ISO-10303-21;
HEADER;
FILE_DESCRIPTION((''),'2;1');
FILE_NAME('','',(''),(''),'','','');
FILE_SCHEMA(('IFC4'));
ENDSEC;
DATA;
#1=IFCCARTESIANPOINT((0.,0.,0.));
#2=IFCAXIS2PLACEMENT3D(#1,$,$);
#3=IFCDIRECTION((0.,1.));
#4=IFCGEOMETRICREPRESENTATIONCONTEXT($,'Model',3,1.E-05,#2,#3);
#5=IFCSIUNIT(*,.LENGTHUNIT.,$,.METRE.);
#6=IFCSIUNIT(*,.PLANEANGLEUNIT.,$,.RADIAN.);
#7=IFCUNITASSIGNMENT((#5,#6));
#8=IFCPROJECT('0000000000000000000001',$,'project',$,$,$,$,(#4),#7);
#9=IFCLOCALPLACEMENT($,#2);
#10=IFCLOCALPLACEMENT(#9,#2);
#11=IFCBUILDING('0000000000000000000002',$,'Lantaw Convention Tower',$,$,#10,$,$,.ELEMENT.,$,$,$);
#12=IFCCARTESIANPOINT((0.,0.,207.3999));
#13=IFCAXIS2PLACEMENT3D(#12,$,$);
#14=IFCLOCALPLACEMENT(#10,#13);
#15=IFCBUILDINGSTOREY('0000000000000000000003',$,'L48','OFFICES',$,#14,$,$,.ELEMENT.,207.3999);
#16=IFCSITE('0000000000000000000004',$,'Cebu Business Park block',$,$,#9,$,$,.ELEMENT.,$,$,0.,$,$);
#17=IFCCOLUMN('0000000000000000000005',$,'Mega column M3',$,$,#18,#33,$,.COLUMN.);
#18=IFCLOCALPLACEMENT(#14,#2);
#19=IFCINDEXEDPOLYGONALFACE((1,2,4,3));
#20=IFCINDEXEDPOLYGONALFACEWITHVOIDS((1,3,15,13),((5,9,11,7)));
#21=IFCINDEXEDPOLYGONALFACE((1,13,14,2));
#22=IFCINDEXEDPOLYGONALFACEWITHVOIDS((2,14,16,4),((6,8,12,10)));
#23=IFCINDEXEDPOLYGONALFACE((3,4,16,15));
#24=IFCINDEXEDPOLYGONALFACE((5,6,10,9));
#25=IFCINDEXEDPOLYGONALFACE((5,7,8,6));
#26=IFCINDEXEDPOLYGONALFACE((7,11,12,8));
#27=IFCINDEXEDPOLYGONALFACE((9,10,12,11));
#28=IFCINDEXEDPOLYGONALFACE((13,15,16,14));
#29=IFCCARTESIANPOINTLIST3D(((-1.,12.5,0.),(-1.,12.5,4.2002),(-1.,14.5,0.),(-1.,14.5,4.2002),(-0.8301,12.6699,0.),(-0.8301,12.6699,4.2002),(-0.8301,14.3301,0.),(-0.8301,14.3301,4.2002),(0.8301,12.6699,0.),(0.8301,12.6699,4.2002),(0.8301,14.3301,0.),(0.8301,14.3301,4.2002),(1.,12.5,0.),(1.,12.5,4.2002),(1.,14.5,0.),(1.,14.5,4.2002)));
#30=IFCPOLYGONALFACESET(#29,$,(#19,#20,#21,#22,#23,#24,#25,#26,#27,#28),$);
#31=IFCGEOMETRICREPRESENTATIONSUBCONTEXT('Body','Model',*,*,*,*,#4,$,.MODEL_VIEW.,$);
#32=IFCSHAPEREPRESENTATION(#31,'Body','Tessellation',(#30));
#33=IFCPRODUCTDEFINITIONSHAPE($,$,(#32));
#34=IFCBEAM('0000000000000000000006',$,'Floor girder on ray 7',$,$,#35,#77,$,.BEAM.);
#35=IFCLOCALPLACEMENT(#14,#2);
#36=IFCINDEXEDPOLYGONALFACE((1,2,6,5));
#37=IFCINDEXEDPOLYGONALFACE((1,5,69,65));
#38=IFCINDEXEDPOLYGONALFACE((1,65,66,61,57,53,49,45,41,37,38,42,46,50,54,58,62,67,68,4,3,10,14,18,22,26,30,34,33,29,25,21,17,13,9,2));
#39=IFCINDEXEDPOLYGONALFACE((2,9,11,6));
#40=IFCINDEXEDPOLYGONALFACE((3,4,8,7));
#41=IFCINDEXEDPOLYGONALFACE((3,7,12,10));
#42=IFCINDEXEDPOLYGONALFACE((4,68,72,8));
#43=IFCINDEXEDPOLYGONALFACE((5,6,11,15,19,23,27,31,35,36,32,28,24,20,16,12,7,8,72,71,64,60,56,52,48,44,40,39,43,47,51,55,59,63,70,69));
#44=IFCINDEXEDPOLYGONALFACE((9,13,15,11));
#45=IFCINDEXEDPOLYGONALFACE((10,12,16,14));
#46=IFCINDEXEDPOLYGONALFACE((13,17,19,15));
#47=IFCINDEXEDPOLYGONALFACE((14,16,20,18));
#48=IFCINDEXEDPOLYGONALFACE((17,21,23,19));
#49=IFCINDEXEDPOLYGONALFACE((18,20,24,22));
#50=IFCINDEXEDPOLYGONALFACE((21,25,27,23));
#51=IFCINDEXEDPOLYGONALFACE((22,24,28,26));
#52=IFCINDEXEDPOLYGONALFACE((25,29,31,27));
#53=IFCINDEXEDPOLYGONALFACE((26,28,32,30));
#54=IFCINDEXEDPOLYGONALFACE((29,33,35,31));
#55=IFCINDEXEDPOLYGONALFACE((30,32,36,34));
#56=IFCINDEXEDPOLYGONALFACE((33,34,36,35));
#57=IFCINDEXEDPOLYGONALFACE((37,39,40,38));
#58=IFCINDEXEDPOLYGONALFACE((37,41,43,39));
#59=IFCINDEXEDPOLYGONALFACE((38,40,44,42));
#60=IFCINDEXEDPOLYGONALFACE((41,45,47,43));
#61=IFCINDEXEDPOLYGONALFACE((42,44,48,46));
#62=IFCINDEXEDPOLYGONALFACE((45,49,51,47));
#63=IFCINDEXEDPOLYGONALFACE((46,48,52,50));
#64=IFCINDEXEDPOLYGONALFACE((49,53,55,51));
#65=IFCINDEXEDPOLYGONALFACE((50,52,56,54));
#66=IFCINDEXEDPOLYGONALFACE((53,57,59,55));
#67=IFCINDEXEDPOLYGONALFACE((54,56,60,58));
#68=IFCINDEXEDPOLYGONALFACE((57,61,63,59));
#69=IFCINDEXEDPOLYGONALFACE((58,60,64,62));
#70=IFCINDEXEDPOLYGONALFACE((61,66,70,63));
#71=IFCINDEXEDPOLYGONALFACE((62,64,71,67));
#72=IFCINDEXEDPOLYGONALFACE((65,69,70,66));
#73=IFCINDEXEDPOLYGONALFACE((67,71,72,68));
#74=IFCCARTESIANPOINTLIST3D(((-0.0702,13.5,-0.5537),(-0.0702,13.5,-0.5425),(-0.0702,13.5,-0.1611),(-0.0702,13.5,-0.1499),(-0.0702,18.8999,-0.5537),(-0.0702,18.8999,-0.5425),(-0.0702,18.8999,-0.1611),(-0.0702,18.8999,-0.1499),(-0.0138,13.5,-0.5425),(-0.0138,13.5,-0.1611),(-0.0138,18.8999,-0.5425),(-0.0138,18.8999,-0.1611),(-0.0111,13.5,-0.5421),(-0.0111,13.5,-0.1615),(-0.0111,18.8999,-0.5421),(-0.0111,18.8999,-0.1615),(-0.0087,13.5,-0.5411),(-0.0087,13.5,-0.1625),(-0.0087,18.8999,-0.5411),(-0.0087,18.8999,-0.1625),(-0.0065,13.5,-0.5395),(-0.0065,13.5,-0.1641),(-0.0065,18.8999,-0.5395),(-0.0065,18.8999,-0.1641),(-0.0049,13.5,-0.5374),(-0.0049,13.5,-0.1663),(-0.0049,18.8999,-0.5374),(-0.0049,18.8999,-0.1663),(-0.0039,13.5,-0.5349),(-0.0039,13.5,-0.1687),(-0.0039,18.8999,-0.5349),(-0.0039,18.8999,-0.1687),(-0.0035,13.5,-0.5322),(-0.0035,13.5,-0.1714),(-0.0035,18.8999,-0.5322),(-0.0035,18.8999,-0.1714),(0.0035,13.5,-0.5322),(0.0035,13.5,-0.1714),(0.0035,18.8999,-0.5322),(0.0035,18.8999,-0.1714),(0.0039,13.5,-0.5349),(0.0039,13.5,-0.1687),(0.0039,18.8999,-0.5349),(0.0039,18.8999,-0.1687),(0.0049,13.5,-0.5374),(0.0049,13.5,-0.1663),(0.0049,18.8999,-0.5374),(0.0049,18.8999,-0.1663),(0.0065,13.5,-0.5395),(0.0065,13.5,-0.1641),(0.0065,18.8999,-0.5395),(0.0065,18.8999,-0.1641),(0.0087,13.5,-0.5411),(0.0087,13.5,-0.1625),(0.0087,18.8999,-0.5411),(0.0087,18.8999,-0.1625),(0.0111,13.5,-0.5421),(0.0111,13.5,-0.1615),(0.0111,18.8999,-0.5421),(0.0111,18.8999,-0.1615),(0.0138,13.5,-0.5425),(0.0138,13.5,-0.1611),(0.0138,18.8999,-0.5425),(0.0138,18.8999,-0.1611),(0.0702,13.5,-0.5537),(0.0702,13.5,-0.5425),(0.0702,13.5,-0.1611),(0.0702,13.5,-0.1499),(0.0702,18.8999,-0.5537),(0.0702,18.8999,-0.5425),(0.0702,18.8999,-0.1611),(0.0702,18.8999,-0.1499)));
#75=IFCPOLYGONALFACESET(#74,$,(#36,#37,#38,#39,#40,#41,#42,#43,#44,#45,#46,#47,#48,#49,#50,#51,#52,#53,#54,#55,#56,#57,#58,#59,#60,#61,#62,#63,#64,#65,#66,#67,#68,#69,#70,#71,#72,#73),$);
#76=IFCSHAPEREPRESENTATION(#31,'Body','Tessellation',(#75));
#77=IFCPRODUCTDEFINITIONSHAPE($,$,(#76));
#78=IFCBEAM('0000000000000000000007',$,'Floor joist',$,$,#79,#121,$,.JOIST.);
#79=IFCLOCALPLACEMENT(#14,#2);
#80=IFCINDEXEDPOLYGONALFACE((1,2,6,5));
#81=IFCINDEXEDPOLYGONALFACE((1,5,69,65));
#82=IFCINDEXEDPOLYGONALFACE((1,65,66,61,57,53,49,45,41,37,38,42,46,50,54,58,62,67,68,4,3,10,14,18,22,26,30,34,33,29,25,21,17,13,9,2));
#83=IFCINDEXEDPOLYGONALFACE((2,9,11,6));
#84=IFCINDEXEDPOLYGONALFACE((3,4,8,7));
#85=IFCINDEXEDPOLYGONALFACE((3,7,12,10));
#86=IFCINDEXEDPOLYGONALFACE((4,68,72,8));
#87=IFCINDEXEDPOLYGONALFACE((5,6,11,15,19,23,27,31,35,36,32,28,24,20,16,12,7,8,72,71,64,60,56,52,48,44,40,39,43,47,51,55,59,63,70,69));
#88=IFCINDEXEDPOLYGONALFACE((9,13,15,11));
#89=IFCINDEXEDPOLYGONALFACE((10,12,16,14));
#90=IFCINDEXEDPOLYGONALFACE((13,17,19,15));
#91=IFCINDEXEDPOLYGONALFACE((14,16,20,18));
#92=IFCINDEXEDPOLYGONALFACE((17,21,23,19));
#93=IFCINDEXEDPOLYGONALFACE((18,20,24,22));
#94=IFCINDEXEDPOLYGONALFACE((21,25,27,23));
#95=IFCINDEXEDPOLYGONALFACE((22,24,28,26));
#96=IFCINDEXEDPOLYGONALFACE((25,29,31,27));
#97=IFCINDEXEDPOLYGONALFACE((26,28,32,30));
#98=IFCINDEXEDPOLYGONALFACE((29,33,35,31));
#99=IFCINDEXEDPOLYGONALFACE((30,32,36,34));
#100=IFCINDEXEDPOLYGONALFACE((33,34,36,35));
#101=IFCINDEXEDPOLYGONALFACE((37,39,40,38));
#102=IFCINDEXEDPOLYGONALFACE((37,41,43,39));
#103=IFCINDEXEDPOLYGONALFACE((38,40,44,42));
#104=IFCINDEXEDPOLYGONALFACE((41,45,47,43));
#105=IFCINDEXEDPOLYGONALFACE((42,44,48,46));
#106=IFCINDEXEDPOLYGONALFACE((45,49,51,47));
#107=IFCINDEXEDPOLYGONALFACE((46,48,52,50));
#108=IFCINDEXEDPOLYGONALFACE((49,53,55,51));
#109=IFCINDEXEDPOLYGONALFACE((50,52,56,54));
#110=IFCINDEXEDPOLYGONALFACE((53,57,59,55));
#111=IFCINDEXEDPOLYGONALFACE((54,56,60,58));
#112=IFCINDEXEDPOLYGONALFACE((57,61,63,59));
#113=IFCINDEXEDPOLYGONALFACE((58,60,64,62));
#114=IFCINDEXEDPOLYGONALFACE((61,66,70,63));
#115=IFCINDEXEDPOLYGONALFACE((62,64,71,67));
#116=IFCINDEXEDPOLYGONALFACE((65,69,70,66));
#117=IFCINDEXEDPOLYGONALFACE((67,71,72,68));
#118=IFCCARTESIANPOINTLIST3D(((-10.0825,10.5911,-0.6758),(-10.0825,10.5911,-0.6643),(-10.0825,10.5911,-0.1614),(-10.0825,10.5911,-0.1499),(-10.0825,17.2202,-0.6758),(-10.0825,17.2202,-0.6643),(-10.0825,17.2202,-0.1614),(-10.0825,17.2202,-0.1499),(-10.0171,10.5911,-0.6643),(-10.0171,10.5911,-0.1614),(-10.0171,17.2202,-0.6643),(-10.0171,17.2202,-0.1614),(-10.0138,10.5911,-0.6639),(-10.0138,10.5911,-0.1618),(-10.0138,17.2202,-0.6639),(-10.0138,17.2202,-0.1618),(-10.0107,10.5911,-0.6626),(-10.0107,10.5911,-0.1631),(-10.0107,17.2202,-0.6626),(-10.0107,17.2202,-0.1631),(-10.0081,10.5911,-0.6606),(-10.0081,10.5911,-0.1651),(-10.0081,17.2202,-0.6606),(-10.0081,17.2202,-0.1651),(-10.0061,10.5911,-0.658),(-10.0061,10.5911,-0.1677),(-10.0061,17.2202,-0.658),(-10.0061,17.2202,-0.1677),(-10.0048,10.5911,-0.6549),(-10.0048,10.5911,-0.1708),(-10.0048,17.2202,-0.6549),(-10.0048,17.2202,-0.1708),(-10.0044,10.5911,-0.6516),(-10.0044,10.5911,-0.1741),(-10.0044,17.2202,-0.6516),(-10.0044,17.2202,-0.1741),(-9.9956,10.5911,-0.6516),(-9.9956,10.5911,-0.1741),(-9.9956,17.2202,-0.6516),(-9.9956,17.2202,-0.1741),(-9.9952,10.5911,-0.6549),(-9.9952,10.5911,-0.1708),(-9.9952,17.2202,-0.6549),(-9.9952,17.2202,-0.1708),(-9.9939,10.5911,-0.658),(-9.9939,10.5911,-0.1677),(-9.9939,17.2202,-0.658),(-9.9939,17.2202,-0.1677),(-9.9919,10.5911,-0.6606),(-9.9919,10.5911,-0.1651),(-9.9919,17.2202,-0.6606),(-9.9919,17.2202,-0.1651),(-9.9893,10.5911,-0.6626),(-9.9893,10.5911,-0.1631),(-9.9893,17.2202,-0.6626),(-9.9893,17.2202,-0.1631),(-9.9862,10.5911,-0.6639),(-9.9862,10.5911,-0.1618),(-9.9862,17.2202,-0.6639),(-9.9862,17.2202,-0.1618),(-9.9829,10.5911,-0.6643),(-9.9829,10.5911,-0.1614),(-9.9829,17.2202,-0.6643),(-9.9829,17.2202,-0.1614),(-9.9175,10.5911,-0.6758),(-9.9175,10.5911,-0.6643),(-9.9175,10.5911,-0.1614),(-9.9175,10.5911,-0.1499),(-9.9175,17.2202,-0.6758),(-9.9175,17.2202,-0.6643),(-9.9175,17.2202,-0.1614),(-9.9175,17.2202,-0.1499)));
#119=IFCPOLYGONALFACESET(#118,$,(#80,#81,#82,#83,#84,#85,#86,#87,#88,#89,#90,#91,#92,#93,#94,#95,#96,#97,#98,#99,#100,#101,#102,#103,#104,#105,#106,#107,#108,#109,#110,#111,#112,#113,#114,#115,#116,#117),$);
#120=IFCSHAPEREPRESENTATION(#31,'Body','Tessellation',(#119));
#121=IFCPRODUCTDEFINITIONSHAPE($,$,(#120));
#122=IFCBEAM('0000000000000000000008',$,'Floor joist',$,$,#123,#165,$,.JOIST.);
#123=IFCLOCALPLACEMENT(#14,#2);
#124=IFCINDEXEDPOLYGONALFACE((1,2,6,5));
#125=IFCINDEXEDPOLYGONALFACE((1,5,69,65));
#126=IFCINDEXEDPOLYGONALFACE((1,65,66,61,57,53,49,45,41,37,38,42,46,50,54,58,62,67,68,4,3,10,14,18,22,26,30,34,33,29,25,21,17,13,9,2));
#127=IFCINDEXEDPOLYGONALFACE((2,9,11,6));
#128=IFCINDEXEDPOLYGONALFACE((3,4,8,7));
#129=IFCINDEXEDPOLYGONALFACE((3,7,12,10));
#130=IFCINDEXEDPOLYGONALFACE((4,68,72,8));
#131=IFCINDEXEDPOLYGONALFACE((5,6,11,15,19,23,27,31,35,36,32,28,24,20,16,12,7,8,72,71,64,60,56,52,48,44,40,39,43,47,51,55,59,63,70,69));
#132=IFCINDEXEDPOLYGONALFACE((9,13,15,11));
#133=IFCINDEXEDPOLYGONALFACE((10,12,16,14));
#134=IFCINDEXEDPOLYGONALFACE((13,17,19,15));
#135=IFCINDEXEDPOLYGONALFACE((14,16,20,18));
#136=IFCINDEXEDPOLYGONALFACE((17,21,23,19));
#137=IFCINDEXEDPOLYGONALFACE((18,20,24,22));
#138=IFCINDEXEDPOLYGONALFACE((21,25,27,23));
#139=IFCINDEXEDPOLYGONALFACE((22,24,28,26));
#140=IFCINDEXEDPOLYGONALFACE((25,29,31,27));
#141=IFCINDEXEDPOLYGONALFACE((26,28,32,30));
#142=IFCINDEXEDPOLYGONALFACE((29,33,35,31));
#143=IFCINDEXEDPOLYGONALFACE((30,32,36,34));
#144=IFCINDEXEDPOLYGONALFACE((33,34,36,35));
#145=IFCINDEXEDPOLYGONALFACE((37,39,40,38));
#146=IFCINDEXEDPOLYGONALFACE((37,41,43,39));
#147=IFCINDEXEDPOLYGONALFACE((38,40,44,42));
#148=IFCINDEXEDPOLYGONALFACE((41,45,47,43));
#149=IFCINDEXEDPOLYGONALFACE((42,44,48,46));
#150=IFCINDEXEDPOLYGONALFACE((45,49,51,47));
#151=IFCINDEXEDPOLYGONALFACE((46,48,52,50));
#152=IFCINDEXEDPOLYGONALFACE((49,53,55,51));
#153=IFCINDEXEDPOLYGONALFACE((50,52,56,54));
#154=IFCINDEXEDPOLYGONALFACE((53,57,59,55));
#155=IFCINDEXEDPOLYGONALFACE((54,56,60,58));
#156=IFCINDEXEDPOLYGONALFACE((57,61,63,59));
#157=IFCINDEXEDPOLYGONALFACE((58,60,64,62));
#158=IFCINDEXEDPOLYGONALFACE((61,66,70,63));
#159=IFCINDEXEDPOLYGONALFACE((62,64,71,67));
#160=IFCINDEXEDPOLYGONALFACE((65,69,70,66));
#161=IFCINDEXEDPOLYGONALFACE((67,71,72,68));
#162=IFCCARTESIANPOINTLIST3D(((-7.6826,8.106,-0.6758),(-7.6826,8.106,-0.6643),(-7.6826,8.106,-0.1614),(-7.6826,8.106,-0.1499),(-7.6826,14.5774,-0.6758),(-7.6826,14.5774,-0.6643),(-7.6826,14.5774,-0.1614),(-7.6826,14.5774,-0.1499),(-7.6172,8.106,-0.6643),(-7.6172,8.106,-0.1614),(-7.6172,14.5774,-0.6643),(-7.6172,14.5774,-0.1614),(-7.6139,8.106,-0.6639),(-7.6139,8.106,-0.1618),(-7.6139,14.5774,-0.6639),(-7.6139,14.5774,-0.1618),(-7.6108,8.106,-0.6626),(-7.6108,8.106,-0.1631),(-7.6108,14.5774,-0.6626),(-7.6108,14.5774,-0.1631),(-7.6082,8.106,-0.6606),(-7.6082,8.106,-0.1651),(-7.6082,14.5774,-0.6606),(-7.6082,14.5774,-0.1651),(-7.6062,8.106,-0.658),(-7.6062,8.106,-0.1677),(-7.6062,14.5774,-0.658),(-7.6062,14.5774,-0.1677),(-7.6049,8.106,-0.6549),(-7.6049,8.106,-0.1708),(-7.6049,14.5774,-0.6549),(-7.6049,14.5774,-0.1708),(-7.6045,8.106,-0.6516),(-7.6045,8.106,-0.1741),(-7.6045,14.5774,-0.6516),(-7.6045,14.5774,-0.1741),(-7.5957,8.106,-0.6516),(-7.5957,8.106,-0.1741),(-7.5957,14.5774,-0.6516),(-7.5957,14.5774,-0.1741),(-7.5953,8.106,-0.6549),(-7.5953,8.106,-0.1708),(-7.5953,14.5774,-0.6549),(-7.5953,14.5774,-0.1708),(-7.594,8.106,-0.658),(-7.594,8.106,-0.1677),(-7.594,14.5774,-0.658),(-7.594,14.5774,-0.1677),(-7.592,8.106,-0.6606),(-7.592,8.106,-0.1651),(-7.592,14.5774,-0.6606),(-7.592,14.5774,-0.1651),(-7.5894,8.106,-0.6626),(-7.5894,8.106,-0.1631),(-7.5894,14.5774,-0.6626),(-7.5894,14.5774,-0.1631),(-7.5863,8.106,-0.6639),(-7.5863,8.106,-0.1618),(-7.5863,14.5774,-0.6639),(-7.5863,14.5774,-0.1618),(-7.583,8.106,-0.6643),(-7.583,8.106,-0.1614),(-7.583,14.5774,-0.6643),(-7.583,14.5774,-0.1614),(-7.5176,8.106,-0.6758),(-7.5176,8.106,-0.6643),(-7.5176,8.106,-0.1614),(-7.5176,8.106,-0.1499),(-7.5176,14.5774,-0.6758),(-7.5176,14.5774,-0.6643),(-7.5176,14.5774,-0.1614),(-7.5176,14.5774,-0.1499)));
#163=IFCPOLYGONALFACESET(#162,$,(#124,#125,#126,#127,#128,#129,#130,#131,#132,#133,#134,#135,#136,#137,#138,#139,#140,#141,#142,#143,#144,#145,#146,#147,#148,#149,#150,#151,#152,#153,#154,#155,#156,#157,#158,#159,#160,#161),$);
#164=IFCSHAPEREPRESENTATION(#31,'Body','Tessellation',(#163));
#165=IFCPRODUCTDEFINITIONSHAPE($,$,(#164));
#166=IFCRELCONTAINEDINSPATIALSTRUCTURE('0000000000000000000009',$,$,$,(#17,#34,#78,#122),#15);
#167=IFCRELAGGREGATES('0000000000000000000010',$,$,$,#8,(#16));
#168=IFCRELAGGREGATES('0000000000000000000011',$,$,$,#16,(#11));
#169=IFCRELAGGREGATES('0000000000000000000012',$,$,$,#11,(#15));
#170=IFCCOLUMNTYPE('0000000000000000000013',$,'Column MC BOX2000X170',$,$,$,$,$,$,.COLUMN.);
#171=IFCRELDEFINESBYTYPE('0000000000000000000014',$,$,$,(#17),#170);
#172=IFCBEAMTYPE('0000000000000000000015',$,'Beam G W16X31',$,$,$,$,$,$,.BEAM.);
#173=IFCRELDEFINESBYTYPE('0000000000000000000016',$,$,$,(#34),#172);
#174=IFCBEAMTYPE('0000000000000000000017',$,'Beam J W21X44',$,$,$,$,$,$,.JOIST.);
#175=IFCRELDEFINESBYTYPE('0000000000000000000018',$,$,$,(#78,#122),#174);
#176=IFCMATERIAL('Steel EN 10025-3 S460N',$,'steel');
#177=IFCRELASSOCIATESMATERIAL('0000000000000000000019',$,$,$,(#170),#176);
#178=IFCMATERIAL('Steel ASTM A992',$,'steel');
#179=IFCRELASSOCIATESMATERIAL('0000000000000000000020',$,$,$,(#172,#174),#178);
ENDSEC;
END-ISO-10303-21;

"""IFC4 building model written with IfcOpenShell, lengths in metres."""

from ifc_helpers import new_model, si_unit, direction, frame, origin, origin_2d, place, context, subcontext, project, spatial, rectangle, hollow_rectangle, i_section, extrude, material, material_profile, profile_set, type_object, element, save


model = new_model("IFC4")

# Units and contexts
model_context = context("Model", 3, precision=1e-05, world=origin(), true_north=direction((0.0, 1.0)))
body_context = subcontext(model_context, "Body", "Model", "MODEL_VIEW")
ifc_project = project(units=[si_unit("LENGTHUNIT", "METRE"), si_unit("PLANEANGLEUNIT", "RADIAN")], contexts=[model_context])

# Site, building, storey
site_placement = place(None, origin())
site = spatial("IfcSite", under=ifc_project, at=site_placement, Name="Cebu Business Park block", CompositionType="ELEMENT", RefElevation=0.0)
building_placement = place(site_placement, origin())
building = spatial("IfcBuilding", under=site, at=building_placement, Name="Lantaw Convention Tower", CompositionType="ELEMENT")
storey_placement = place(building_placement, frame((0.0, 0.0, 207.3999)))
storey = spatial("IfcBuildingStorey", under=building, at=storey_placement, Name="L48", Description="OFFICES", CompositionType="ELEMENT", Elevation=207.3999)

# Column
ifc_material_1 = material(Name="Steel EN 10025-3 S460N", Category="steel")
ifc_material_profile_1 = material_profile(ifc_material_1, hollow_rectangle(XDim=2.0, YDim=2.0, WallThickness=0.1699, at=origin_2d()), Name="BOX2000X170")
ifc_material_2 = material(Name="Concrete C60/75", Category="concrete")
ifc_material_profile_2 = material_profile(ifc_material_2, rectangle(XDim=1.6599, YDim=1.6599, at=origin_2d()), Name="Concrete fill of BOX2000X170")
ifc_profile_set_1 = profile_set([ifc_material_profile_1, ifc_material_profile_2], Name="Steel EN 10025-3 S460N")
column_type = type_object("IfcColumnType", Name="Column MC BOX2000X170", PredefinedType="COLUMN", material=ifc_profile_set_1)
column_placement = place(storey_placement, frame((0.0, 13.5, 0.0), z_axis=(0.0, 0.0, 1.0), x_axis=(1.0, 0.0, 0.0)))
element("IfcColumn", 1, at=column_placement, inside=storey, type_object=column_type, Name="Mega column M3", PredefinedType="COLUMN", context=body_context, shape_type="SweptSolid", body=[
    extrude(hollow_rectangle(XDim=2.0, YDim=2.0, WallThickness=0.1699, at=origin_2d()), origin(), (0.0, 0.0, 1.0), 4.2002),
])

# Beams
ifc_material_3 = material(Name="Steel ASTM A992", Category="steel")
ifc_material_profile_3 = material_profile(ifc_material_3, i_section(OverallWidth=0.1404, OverallDepth=0.4038, WebThickness=0.0071, FlangeThickness=0.0112, FilletRadius=0.0103, at=origin_2d()), Name="W16X31")
ifc_profile_set_2 = profile_set([ifc_material_profile_3], Name="Steel ASTM A992")
beam_type_1 = type_object("IfcBeamType", Name="Beam G W16X31", PredefinedType="BEAM", material=ifc_profile_set_2)
beam_1_placement = place(storey_placement, frame((0.0, 13.5, -0.3518), z_axis=(0.0, 1.0, 0.0), x_axis=(-1.0, 0.0, 0.0)))
element("IfcBeam", 2, at=beam_1_placement, inside=storey, type_object=beam_type_1, Name="Floor girder on ray 7", PredefinedType="BEAM", context=body_context, shape_type="SweptSolid", body=[
    extrude(i_section(OverallWidth=0.1404, OverallDepth=0.4038, WebThickness=0.0071, FlangeThickness=0.0112, FilletRadius=0.0103, at=origin_2d()), origin(), (0.0, 0.0, 1.0), 5.3999),
])
ifc_material_profile_4 = material_profile(ifc_material_3, i_section(OverallWidth=0.165, OverallDepth=0.5259, WebThickness=0.0088, FlangeThickness=0.0115, FilletRadius=0.0127, at=origin_2d()), Name="W21X44")
ifc_profile_set_3 = profile_set([ifc_material_profile_4], Name="Steel ASTM A992")
beam_type_2 = type_object("IfcBeamType", Name="Beam J W21X44", PredefinedType="JOIST", material=ifc_profile_set_3)
beam_2_placement = place(storey_placement, frame((-10.0, 10.5911, -0.4128), z_axis=(0.0, 1.0, 0.0), x_axis=(-1.0, 0.0, 0.0)))
element("IfcBeam", 3, at=beam_2_placement, inside=storey, type_object=beam_type_2, Name="Floor joist", PredefinedType="JOIST", context=body_context, shape_type="SweptSolid", body=[
    extrude(i_section(OverallWidth=0.165, OverallDepth=0.5259, WebThickness=0.0088, FlangeThickness=0.0115, FilletRadius=0.0127, at=origin_2d()), origin(), (0.0, 0.0, 1.0), 6.6292),
])
beam_3_placement = place(storey_placement, frame((-7.6001, 8.106, -0.4128), z_axis=(0.0, 1.0, 0.0), x_axis=(-1.0, 0.0, 0.0)))
element("IfcBeam", 4, at=beam_3_placement, inside=storey, type_object=beam_type_2, Name="Floor joist", PredefinedType="JOIST", context=body_context, shape_type="SweptSolid", body=[
    extrude(i_section(OverallWidth=0.165, OverallDepth=0.5259, WebThickness=0.0088, FlangeThickness=0.0115, FilletRadius=0.0127, at=origin_2d()), origin(), (0.0, 0.0, 1.0), 6.4714),
])

save(model, "model.ifc")
